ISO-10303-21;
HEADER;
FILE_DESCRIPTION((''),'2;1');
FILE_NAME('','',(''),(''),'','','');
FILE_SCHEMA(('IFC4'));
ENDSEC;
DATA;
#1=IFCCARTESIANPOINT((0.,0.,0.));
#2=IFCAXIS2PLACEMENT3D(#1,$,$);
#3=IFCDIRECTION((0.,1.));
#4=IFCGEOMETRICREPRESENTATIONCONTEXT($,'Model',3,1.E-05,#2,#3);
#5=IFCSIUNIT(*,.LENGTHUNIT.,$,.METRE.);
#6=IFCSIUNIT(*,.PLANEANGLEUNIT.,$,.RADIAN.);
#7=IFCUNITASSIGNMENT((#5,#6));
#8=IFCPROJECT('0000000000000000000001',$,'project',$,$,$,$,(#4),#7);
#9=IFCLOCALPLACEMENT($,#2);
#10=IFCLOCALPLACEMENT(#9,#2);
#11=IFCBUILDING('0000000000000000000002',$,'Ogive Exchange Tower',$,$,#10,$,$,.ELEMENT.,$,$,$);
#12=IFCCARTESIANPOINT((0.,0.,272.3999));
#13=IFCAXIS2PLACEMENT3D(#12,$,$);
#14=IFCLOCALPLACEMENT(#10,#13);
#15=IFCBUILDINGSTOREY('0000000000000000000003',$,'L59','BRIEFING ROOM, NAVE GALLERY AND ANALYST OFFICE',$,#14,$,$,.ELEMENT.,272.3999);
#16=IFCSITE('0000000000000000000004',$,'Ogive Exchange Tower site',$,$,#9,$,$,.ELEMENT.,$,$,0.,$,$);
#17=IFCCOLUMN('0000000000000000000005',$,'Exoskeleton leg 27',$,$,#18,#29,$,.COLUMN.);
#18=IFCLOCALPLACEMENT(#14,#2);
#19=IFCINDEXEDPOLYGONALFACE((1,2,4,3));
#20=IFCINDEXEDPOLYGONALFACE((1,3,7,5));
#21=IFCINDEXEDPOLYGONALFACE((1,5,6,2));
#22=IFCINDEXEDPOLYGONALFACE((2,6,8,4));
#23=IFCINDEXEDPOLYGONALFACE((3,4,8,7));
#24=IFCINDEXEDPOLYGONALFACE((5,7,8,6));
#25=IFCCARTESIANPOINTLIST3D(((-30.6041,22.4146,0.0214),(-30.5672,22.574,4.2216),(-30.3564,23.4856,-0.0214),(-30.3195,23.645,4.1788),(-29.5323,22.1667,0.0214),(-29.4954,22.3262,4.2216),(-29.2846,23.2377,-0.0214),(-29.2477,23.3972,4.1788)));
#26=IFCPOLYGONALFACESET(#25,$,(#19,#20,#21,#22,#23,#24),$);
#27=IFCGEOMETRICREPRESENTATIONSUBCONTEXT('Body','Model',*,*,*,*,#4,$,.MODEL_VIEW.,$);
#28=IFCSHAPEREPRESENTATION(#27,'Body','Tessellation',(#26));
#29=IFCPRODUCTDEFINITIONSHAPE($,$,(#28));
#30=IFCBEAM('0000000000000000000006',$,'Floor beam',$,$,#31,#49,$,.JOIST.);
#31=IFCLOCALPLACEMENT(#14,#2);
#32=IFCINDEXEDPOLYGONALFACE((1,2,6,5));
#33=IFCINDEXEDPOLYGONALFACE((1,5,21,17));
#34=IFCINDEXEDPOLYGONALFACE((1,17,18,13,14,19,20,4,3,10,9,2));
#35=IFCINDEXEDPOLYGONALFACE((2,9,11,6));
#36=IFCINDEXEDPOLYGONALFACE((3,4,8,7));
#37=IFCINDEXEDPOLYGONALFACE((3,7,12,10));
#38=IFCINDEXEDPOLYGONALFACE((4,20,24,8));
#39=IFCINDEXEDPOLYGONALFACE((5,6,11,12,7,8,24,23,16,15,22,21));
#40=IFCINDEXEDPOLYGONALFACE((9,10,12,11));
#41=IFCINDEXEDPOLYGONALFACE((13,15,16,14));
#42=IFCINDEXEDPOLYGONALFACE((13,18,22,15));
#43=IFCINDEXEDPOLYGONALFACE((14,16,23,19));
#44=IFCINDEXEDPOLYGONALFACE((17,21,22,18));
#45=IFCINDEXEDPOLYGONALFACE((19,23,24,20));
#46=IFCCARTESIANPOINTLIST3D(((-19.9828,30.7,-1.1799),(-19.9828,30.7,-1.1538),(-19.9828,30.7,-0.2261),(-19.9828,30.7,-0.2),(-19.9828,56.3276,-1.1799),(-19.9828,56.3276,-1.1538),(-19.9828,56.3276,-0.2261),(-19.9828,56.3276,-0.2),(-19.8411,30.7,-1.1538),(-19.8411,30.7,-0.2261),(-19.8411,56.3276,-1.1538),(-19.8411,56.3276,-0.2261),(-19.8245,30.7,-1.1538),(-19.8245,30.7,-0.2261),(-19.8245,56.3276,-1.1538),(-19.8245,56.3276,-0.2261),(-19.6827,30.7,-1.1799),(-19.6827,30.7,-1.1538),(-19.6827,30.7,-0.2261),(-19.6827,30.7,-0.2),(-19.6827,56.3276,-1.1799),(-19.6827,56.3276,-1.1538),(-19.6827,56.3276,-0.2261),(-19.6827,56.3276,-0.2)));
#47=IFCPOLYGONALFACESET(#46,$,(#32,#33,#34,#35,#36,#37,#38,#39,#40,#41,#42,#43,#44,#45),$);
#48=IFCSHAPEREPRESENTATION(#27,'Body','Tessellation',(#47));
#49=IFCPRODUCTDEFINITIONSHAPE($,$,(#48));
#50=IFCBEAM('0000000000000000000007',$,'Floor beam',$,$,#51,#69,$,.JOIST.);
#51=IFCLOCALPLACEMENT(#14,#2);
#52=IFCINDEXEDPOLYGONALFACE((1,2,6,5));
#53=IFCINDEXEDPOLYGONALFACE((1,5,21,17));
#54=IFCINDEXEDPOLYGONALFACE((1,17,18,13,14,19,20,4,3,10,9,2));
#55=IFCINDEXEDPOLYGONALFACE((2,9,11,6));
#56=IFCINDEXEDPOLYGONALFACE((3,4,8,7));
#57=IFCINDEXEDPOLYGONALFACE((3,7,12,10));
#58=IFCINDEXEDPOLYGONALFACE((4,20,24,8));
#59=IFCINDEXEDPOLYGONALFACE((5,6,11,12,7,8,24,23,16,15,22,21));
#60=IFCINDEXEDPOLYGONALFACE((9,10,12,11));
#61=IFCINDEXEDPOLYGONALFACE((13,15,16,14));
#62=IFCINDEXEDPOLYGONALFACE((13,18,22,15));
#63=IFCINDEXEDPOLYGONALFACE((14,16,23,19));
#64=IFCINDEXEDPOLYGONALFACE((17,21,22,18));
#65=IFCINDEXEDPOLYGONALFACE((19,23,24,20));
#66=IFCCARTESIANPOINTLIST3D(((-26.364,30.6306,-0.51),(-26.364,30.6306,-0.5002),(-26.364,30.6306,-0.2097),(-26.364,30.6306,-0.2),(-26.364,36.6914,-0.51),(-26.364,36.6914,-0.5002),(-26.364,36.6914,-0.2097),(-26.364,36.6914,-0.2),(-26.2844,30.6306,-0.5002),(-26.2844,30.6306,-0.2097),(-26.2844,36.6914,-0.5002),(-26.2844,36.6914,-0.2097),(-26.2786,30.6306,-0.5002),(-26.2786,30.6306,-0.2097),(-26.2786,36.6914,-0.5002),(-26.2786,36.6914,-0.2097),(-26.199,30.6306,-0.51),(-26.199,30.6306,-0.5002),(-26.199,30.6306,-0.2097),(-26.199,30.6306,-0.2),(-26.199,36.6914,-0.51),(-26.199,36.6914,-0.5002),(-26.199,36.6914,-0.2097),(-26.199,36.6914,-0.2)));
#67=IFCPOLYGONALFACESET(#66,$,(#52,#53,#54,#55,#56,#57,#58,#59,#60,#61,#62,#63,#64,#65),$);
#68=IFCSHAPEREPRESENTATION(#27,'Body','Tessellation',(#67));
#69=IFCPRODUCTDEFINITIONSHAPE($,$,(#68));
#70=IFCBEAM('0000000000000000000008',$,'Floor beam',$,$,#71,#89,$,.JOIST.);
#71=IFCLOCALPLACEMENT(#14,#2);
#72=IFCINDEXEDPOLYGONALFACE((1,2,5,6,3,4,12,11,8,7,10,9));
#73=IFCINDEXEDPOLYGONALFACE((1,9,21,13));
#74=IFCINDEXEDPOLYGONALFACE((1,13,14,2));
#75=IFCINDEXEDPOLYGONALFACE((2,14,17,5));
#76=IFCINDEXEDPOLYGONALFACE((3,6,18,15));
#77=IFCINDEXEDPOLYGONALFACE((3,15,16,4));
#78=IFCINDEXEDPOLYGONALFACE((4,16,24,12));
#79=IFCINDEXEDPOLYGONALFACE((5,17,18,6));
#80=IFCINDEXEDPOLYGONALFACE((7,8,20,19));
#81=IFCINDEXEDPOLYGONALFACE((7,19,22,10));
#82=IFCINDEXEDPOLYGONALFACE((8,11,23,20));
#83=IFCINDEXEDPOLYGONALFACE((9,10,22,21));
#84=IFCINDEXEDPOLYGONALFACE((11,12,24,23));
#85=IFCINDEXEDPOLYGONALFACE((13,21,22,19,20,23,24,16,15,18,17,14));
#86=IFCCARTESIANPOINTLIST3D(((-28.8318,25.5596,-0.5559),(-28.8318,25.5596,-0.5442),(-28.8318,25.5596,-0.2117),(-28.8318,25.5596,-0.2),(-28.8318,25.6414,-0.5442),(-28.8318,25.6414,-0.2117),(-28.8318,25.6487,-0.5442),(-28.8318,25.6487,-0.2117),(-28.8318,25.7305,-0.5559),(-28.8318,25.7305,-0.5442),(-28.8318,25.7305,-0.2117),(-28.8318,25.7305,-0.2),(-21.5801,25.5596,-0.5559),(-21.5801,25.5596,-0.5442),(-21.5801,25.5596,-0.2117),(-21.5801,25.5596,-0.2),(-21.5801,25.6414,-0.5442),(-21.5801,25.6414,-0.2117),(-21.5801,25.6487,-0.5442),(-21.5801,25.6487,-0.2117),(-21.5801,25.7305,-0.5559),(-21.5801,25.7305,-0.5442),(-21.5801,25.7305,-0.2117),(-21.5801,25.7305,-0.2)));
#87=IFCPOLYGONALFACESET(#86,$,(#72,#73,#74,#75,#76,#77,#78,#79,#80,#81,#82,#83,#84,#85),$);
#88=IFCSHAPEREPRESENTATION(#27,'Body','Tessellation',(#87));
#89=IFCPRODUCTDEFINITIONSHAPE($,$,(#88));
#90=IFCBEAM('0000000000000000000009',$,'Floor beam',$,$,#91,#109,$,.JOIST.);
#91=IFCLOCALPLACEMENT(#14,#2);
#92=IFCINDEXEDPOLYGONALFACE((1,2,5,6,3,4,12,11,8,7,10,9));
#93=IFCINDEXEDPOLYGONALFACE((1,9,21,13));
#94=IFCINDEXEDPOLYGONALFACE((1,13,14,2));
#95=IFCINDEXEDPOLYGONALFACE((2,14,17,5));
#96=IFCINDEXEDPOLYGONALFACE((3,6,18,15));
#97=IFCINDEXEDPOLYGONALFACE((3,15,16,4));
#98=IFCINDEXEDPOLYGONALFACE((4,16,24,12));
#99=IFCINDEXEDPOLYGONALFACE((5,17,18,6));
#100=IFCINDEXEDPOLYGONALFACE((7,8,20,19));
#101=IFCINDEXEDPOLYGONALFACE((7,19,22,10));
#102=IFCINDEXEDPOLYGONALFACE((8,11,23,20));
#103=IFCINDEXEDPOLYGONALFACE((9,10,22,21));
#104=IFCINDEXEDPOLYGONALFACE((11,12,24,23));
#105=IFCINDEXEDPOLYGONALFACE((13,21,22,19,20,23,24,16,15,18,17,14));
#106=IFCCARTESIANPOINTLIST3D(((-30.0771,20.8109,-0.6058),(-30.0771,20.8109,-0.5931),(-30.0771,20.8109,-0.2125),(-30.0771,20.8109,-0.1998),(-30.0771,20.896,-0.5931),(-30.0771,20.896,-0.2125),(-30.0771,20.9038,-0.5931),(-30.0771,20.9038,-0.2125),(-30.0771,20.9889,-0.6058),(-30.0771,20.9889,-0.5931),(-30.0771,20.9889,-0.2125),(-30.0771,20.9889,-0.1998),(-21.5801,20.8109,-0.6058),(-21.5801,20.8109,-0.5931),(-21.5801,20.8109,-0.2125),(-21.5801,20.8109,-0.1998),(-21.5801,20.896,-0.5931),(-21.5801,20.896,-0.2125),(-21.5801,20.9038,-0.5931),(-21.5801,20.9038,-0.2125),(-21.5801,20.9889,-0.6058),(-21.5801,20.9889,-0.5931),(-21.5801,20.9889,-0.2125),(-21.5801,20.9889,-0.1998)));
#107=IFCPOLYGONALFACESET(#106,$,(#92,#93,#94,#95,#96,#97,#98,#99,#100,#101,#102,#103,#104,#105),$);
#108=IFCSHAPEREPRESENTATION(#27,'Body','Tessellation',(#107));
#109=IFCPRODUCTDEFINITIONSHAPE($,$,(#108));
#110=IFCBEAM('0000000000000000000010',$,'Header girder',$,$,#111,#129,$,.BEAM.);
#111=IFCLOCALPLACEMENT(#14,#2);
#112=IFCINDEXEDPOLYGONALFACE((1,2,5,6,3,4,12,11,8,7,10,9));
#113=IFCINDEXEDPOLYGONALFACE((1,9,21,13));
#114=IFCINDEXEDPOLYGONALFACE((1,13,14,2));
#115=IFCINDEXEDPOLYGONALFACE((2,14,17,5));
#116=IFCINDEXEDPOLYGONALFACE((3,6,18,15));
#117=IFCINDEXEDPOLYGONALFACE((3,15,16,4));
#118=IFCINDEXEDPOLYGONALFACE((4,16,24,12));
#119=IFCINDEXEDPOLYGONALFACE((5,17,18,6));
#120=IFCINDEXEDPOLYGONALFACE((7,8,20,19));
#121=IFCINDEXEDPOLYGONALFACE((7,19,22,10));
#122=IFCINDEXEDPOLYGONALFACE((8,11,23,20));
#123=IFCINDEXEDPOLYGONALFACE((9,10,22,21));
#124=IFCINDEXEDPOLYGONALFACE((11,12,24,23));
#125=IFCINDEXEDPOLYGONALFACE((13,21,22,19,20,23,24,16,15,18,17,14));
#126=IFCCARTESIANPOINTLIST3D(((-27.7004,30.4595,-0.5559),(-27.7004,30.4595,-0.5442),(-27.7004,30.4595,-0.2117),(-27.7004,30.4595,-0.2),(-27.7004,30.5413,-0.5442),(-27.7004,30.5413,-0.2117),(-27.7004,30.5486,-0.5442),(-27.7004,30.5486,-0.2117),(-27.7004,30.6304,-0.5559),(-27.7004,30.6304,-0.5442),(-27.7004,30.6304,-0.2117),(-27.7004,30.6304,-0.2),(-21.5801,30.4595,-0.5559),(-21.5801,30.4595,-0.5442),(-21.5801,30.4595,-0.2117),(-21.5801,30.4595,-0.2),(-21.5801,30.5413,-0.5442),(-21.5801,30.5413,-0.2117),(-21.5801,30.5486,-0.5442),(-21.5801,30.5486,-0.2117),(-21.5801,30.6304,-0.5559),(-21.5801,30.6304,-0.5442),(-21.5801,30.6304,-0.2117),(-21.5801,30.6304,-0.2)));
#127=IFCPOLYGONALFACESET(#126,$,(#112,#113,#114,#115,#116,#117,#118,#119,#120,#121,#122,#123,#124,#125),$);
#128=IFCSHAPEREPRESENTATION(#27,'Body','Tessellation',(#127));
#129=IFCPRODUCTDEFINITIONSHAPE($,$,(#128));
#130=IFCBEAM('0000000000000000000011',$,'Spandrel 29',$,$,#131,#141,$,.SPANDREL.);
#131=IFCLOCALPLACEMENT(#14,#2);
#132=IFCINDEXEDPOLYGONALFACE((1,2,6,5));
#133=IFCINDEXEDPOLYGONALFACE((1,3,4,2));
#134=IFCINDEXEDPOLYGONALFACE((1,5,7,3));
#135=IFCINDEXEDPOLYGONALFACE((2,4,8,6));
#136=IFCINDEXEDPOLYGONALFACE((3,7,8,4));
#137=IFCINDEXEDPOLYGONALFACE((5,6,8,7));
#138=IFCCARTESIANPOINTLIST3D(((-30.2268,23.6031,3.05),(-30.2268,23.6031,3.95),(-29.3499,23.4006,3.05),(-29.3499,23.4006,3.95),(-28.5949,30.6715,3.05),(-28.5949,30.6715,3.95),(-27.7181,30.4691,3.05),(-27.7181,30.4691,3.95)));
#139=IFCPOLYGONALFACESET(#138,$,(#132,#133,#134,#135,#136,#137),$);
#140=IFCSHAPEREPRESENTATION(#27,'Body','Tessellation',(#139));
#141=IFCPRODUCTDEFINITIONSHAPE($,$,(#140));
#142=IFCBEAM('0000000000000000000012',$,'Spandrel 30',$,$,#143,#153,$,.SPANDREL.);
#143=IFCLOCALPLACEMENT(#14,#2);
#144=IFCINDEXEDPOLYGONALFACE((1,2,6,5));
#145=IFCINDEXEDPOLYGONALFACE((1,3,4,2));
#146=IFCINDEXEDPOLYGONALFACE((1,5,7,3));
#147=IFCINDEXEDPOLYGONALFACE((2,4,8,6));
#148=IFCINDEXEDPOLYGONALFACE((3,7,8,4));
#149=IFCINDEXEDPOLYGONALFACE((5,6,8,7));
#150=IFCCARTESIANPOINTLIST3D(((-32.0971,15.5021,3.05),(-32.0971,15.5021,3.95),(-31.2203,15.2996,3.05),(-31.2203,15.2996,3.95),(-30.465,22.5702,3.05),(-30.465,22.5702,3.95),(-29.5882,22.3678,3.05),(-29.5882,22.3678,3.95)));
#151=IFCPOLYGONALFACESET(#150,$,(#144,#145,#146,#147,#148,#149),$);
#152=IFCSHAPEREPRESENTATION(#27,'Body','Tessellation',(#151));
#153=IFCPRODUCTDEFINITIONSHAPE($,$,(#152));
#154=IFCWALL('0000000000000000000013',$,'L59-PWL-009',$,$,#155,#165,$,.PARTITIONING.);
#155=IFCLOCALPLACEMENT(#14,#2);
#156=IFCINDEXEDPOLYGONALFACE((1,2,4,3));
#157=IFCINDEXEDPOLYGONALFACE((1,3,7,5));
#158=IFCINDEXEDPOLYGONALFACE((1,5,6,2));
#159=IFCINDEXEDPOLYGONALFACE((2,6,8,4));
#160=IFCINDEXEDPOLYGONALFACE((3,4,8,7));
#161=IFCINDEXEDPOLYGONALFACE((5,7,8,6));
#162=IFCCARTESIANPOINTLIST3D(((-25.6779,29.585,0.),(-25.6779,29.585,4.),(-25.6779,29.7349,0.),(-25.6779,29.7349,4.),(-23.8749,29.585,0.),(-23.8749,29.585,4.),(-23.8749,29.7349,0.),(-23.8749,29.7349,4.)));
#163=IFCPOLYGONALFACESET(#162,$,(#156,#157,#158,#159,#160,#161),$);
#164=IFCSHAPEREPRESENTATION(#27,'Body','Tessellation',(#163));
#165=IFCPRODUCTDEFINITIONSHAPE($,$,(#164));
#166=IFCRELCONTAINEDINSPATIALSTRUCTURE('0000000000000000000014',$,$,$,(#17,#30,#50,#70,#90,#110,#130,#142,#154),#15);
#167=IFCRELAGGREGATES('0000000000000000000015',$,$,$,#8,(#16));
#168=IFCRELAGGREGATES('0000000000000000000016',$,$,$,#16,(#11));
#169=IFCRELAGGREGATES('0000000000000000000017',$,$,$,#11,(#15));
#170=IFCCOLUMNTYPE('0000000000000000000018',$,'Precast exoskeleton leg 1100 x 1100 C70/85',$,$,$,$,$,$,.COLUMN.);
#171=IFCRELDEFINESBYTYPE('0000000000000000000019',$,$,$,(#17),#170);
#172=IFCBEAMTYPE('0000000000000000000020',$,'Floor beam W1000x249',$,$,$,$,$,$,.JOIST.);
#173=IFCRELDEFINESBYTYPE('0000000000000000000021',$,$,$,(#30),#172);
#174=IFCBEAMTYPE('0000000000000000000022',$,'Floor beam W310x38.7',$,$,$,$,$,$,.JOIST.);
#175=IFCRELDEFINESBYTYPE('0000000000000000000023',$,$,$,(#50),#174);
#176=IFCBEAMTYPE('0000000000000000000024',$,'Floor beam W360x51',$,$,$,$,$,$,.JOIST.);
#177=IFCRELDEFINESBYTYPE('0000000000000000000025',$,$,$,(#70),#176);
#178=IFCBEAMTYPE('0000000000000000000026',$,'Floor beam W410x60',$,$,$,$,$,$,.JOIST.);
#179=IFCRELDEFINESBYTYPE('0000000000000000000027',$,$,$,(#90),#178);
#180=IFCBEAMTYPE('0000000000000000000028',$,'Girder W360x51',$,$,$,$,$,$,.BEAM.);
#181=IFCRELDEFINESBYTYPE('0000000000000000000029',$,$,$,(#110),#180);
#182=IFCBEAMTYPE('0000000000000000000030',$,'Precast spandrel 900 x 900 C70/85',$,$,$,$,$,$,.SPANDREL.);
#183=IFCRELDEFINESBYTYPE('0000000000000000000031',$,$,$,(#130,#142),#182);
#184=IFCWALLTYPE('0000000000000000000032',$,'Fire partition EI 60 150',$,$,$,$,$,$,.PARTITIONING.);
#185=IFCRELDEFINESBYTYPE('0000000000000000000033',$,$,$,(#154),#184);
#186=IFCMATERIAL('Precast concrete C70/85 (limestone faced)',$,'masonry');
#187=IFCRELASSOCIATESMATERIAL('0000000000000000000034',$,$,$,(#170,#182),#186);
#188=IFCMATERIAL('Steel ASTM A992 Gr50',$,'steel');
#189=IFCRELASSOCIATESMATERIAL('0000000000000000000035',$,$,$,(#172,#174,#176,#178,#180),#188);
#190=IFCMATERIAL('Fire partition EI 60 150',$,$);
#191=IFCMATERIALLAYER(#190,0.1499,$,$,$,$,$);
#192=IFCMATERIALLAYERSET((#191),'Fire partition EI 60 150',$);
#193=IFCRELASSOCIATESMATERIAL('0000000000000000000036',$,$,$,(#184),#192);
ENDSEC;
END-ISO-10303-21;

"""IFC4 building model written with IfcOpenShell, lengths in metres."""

from ifc_helpers import new_model, si_unit, direction, frame, frame_2d, origin, origin_2d, place, context, subcontext, project, spatial, rectangle, i_section, extrude, material, layer, layer_set, material_profile, profile_set, type_object, element, save


model = new_model("IFC4")

# Units and contexts
model_context = context("Model", 3, precision=1e-05, world=origin(), true_north=direction((0.0, 1.0)))
body_context = subcontext(model_context, "Body", "Model", "MODEL_VIEW")
ifc_project = project(units=[si_unit("LENGTHUNIT", "METRE"), si_unit("PLANEANGLEUNIT", "RADIAN")], contexts=[model_context])

# Site, building, storey
site_placement = place(None, origin())
site = spatial("IfcSite", under=ifc_project, at=site_placement, Name="Ogive Exchange Tower site", CompositionType="ELEMENT", RefElevation=0.0)
building_placement = place(site_placement, origin())
building = spatial("IfcBuilding", under=site, at=building_placement, Name="Ogive Exchange Tower", CompositionType="ELEMENT")
storey_placement = place(building_placement, frame((0.0, 0.0, 272.3999)))
storey = spatial("IfcBuildingStorey", under=building, at=storey_placement, Name="L59", Description="BRIEFING ROOM, NAVE GALLERY AND ANALYST OFFICE", CompositionType="ELEMENT", Elevation=272.3999)

# Column
ifc_material_1 = material(Name="Precast concrete C70/85 (limestone faced)", Category="masonry")
ifc_material_profile_1 = material_profile(ifc_material_1, rectangle(XDim=1.1001, YDim=1.1001, at=origin_2d()), Name="1100 x 1100")
ifc_profile_set_1 = profile_set([ifc_material_profile_1], Name="Precast concrete C70/85 (limestone faced)")
column_type = type_object("IfcColumnType", Name="Precast exoskeleton leg 1100 x 1100 C70/85", PredefinedType="COLUMN", material=ifc_profile_set_1)
column_placement = place(storey_placement, frame((-29.9443, 22.8262, 0.0), z_axis=(0.00877, 0.037928, 0.999242), x_axis=(-0.974291, 0.225295, 0.0)))
element("IfcColumn", 1, at=column_placement, inside=storey, type_object=column_type, Name="Exoskeleton leg 27", PredefinedType="COLUMN", context=body_context, shape_type="SweptSolid", body=[
    extrude(rectangle(XDim=1.1001, YDim=1.1001, at=origin_2d()), origin(), (0.0, 0.0, 1.0), 4.2034),
])

# Beams
ifc_material_2 = material(Name="Steel ASTM A992 Gr50", Category="steel")
ifc_material_profile_2 = material_profile(ifc_material_2, i_section(OverallWidth=0.3, OverallDepth=0.98, WebThickness=0.0166, FlangeThickness=0.0261, at=origin_2d()), Name="W1000x249")
ifc_profile_set_2 = profile_set([ifc_material_profile_2], Name="Steel ASTM A992 Gr50")
beam_type_1 = type_object("IfcBeamType", Name="Floor beam W1000x249", PredefinedType="JOIST", material=ifc_profile_set_2)
beam_1_placement = place(storey_placement, frame((-19.8328, 30.7, -0.6899), z_axis=(0.0, 1.0, 0.0), x_axis=(-1.0, 0.0, 0.0)))
element("IfcBeam", 2, at=beam_1_placement, inside=storey, type_object=beam_type_1, Name="Floor beam", PredefinedType="JOIST", context=body_context, shape_type="SweptSolid", body=[
    extrude(i_section(OverallWidth=0.3, OverallDepth=0.98, WebThickness=0.0166, FlangeThickness=0.0261, at=origin_2d()), origin(), (0.0, 0.0, 1.0), 25.6277),
])
ifc_material_profile_3 = material_profile(ifc_material_2, i_section(OverallWidth=0.165, OverallDepth=0.3101, WebThickness=0.0059, FlangeThickness=0.0098, at=origin_2d()), Name="W310x38.7")
ifc_profile_set_3 = profile_set([ifc_material_profile_3], Name="Steel ASTM A992 Gr50")
beam_type_2 = type_object("IfcBeamType", Name="Floor beam W310x38.7", PredefinedType="JOIST", material=ifc_profile_set_3)
beam_2_placement = place(storey_placement, frame((-26.2815, 30.6306, -0.355), z_axis=(0.0, 1.0, 0.0), x_axis=(-1.0, 0.0, 0.0)))
element("IfcBeam", 3, at=beam_2_placement, inside=storey, type_object=beam_type_2, Name="Floor beam", PredefinedType="JOIST", context=body_context, shape_type="SweptSolid", body=[
    extrude(i_section(OverallWidth=0.165, OverallDepth=0.3101, WebThickness=0.0059, FlangeThickness=0.0098, at=origin_2d()), origin(), (0.0, 0.0, 1.0), 6.0608),
])
ifc_material_profile_4 = material_profile(ifc_material_2, i_section(OverallWidth=0.1709, OverallDepth=0.356, WebThickness=0.0073, FlangeThickness=0.0117, at=origin_2d()), Name="W360x51")
ifc_profile_set_4 = profile_set([ifc_material_profile_4], Name="Steel ASTM A992 Gr50")
beam_type_3 = type_object("IfcBeamType", Name="Floor beam W360x51", PredefinedType="JOIST", material=ifc_profile_set_4)
beam_3_placement = place(storey_placement, frame((-28.8318, 25.645, -0.3779), z_axis=(1.0, 0.0, 0.0), x_axis=(0.0, 1.0, 0.0)))
element("IfcBeam", 4, at=beam_3_placement, inside=storey, type_object=beam_type_3, Name="Floor beam", PredefinedType="JOIST", context=body_context, shape_type="SweptSolid", body=[
    extrude(i_section(OverallWidth=0.1709, OverallDepth=0.356, WebThickness=0.0073, FlangeThickness=0.0117, at=origin_2d()), origin(), (0.0, 0.0, 1.0), 7.2517),
])
ifc_material_profile_5 = material_profile(ifc_material_2, i_section(OverallWidth=0.178, OverallDepth=0.406, WebThickness=0.0078, FlangeThickness=0.0127, at=origin_2d()), Name="W410x60")
ifc_profile_set_5 = profile_set([ifc_material_profile_5], Name="Steel ASTM A992 Gr50")
beam_type_4 = type_object("IfcBeamType", Name="Floor beam W410x60", PredefinedType="JOIST", material=ifc_profile_set_5)
beam_4_placement = place(storey_placement, frame((-30.0771, 20.8999, -0.4028), z_axis=(1.0, 0.0, 0.0), x_axis=(0.0, 1.0, 0.0)))
element("IfcBeam", 5, at=beam_4_placement, inside=storey, type_object=beam_type_4, Name="Floor beam", PredefinedType="JOIST", context=body_context, shape_type="SweptSolid", body=[
    extrude(i_section(OverallWidth=0.178, OverallDepth=0.406, WebThickness=0.0078, FlangeThickness=0.0127, at=origin_2d()), origin(), (0.0, 0.0, 1.0), 8.4971),
])
ifc_material_profile_6 = material_profile(ifc_material_2, i_section(OverallWidth=0.1709, OverallDepth=0.356, WebThickness=0.0073, FlangeThickness=0.0117, at=origin_2d()), Name="W360x51")
ifc_profile_set_6 = profile_set([ifc_material_profile_6], Name="Steel ASTM A992 Gr50")
beam_type_5 = type_object("IfcBeamType", Name="Girder W360x51", PredefinedType="BEAM", material=ifc_profile_set_6)
beam_5_placement = place(storey_placement, frame((-27.7004, 30.5449, -0.3779), z_axis=(1.0, 0.0, 0.0), x_axis=(0.0, 1.0, 0.0)))
element("IfcBeam", 6, at=beam_5_placement, inside=storey, type_object=beam_type_5, Name="Header girder", PredefinedType="BEAM", context=body_context, shape_type="SweptSolid", body=[
    extrude(i_section(OverallWidth=0.1709, OverallDepth=0.356, WebThickness=0.0073, FlangeThickness=0.0117, at=origin_2d()), origin(), (0.0, 0.0, 1.0), 6.1204),
])
ifc_material_profile_7 = material_profile(ifc_material_1, rectangle(XDim=0.8999, YDim=0.8999, at=origin_2d()), Name="900 x 900")
ifc_profile_set_7 = profile_set([ifc_material_profile_7], Name="Precast concrete C70/85 (limestone faced)")
beam_type_6 = type_object("IfcBeamType", Name="Precast spandrel 900 x 900 C70/85", PredefinedType="SPANDREL", material=ifc_profile_set_7)
beam_6_placement = place(storey_placement, frame((-28.1565, 30.5703, 3.5), z_axis=(-0.224948, -0.974371, 0.0), x_axis=(0.974371, -0.224948, 0.0)))
element("IfcBeam", 7, at=beam_6_placement, inside=storey, type_object=beam_type_6, Name="Spandrel 29", PredefinedType="SPANDREL", context=body_context, shape_type="SweptSolid", body=[
    extrude(rectangle(XDim=0.8999, YDim=0.8999, at=origin_2d()), origin(), (0.0, 0.0, 1.0), 7.2544),
])
beam_7_placement = place(storey_placement, frame((-30.0266, 22.469, 3.5), z_axis=(-0.224987, -0.974362, 0.0), x_axis=(0.974362, -0.224987, 0.0)))
element("IfcBeam", 8, at=beam_7_placement, inside=storey, type_object=beam_type_6, Name="Spandrel 30", PredefinedType="SPANDREL", context=body_context, shape_type="SweptSolid", body=[
    extrude(rectangle(XDim=0.8999, YDim=0.8999, at=origin_2d()), origin(), (0.0, 0.0, 1.0), 7.2542),
])

# Wall
ifc_material_3 = material(Name="Fire partition EI 60 150")
ifc_layer_1 = layer(ifc_material_3, 0.1499)
ifc_layer_set_1 = layer_set([ifc_layer_1], Name="Fire partition EI 60 150")
wall_type_1 = type_object("IfcWallType", Name="Fire partition EI 60 150", PredefinedType="PARTITIONING", material=ifc_layer_set_1)
wall_1_placement = place(storey_placement, frame((-23.875, 29.6599, 0.0), z_axis=(0.0, 0.0, 1.0), x_axis=(-1.0, 0.0, 0.0)))
element("IfcWall", 9, at=wall_1_placement, inside=storey, type_object=wall_type_1, Name="L59-PWL-009", PredefinedType="PARTITIONING", context=body_context, shape_type="SweptSolid", body=[
    extrude(rectangle(XDim=1.803, YDim=0.1499, at=frame_2d((0.9014, 0.0))), origin(), (0.0, 0.0, 1.0), 4.0),
])

save(model, "model.ifc")
